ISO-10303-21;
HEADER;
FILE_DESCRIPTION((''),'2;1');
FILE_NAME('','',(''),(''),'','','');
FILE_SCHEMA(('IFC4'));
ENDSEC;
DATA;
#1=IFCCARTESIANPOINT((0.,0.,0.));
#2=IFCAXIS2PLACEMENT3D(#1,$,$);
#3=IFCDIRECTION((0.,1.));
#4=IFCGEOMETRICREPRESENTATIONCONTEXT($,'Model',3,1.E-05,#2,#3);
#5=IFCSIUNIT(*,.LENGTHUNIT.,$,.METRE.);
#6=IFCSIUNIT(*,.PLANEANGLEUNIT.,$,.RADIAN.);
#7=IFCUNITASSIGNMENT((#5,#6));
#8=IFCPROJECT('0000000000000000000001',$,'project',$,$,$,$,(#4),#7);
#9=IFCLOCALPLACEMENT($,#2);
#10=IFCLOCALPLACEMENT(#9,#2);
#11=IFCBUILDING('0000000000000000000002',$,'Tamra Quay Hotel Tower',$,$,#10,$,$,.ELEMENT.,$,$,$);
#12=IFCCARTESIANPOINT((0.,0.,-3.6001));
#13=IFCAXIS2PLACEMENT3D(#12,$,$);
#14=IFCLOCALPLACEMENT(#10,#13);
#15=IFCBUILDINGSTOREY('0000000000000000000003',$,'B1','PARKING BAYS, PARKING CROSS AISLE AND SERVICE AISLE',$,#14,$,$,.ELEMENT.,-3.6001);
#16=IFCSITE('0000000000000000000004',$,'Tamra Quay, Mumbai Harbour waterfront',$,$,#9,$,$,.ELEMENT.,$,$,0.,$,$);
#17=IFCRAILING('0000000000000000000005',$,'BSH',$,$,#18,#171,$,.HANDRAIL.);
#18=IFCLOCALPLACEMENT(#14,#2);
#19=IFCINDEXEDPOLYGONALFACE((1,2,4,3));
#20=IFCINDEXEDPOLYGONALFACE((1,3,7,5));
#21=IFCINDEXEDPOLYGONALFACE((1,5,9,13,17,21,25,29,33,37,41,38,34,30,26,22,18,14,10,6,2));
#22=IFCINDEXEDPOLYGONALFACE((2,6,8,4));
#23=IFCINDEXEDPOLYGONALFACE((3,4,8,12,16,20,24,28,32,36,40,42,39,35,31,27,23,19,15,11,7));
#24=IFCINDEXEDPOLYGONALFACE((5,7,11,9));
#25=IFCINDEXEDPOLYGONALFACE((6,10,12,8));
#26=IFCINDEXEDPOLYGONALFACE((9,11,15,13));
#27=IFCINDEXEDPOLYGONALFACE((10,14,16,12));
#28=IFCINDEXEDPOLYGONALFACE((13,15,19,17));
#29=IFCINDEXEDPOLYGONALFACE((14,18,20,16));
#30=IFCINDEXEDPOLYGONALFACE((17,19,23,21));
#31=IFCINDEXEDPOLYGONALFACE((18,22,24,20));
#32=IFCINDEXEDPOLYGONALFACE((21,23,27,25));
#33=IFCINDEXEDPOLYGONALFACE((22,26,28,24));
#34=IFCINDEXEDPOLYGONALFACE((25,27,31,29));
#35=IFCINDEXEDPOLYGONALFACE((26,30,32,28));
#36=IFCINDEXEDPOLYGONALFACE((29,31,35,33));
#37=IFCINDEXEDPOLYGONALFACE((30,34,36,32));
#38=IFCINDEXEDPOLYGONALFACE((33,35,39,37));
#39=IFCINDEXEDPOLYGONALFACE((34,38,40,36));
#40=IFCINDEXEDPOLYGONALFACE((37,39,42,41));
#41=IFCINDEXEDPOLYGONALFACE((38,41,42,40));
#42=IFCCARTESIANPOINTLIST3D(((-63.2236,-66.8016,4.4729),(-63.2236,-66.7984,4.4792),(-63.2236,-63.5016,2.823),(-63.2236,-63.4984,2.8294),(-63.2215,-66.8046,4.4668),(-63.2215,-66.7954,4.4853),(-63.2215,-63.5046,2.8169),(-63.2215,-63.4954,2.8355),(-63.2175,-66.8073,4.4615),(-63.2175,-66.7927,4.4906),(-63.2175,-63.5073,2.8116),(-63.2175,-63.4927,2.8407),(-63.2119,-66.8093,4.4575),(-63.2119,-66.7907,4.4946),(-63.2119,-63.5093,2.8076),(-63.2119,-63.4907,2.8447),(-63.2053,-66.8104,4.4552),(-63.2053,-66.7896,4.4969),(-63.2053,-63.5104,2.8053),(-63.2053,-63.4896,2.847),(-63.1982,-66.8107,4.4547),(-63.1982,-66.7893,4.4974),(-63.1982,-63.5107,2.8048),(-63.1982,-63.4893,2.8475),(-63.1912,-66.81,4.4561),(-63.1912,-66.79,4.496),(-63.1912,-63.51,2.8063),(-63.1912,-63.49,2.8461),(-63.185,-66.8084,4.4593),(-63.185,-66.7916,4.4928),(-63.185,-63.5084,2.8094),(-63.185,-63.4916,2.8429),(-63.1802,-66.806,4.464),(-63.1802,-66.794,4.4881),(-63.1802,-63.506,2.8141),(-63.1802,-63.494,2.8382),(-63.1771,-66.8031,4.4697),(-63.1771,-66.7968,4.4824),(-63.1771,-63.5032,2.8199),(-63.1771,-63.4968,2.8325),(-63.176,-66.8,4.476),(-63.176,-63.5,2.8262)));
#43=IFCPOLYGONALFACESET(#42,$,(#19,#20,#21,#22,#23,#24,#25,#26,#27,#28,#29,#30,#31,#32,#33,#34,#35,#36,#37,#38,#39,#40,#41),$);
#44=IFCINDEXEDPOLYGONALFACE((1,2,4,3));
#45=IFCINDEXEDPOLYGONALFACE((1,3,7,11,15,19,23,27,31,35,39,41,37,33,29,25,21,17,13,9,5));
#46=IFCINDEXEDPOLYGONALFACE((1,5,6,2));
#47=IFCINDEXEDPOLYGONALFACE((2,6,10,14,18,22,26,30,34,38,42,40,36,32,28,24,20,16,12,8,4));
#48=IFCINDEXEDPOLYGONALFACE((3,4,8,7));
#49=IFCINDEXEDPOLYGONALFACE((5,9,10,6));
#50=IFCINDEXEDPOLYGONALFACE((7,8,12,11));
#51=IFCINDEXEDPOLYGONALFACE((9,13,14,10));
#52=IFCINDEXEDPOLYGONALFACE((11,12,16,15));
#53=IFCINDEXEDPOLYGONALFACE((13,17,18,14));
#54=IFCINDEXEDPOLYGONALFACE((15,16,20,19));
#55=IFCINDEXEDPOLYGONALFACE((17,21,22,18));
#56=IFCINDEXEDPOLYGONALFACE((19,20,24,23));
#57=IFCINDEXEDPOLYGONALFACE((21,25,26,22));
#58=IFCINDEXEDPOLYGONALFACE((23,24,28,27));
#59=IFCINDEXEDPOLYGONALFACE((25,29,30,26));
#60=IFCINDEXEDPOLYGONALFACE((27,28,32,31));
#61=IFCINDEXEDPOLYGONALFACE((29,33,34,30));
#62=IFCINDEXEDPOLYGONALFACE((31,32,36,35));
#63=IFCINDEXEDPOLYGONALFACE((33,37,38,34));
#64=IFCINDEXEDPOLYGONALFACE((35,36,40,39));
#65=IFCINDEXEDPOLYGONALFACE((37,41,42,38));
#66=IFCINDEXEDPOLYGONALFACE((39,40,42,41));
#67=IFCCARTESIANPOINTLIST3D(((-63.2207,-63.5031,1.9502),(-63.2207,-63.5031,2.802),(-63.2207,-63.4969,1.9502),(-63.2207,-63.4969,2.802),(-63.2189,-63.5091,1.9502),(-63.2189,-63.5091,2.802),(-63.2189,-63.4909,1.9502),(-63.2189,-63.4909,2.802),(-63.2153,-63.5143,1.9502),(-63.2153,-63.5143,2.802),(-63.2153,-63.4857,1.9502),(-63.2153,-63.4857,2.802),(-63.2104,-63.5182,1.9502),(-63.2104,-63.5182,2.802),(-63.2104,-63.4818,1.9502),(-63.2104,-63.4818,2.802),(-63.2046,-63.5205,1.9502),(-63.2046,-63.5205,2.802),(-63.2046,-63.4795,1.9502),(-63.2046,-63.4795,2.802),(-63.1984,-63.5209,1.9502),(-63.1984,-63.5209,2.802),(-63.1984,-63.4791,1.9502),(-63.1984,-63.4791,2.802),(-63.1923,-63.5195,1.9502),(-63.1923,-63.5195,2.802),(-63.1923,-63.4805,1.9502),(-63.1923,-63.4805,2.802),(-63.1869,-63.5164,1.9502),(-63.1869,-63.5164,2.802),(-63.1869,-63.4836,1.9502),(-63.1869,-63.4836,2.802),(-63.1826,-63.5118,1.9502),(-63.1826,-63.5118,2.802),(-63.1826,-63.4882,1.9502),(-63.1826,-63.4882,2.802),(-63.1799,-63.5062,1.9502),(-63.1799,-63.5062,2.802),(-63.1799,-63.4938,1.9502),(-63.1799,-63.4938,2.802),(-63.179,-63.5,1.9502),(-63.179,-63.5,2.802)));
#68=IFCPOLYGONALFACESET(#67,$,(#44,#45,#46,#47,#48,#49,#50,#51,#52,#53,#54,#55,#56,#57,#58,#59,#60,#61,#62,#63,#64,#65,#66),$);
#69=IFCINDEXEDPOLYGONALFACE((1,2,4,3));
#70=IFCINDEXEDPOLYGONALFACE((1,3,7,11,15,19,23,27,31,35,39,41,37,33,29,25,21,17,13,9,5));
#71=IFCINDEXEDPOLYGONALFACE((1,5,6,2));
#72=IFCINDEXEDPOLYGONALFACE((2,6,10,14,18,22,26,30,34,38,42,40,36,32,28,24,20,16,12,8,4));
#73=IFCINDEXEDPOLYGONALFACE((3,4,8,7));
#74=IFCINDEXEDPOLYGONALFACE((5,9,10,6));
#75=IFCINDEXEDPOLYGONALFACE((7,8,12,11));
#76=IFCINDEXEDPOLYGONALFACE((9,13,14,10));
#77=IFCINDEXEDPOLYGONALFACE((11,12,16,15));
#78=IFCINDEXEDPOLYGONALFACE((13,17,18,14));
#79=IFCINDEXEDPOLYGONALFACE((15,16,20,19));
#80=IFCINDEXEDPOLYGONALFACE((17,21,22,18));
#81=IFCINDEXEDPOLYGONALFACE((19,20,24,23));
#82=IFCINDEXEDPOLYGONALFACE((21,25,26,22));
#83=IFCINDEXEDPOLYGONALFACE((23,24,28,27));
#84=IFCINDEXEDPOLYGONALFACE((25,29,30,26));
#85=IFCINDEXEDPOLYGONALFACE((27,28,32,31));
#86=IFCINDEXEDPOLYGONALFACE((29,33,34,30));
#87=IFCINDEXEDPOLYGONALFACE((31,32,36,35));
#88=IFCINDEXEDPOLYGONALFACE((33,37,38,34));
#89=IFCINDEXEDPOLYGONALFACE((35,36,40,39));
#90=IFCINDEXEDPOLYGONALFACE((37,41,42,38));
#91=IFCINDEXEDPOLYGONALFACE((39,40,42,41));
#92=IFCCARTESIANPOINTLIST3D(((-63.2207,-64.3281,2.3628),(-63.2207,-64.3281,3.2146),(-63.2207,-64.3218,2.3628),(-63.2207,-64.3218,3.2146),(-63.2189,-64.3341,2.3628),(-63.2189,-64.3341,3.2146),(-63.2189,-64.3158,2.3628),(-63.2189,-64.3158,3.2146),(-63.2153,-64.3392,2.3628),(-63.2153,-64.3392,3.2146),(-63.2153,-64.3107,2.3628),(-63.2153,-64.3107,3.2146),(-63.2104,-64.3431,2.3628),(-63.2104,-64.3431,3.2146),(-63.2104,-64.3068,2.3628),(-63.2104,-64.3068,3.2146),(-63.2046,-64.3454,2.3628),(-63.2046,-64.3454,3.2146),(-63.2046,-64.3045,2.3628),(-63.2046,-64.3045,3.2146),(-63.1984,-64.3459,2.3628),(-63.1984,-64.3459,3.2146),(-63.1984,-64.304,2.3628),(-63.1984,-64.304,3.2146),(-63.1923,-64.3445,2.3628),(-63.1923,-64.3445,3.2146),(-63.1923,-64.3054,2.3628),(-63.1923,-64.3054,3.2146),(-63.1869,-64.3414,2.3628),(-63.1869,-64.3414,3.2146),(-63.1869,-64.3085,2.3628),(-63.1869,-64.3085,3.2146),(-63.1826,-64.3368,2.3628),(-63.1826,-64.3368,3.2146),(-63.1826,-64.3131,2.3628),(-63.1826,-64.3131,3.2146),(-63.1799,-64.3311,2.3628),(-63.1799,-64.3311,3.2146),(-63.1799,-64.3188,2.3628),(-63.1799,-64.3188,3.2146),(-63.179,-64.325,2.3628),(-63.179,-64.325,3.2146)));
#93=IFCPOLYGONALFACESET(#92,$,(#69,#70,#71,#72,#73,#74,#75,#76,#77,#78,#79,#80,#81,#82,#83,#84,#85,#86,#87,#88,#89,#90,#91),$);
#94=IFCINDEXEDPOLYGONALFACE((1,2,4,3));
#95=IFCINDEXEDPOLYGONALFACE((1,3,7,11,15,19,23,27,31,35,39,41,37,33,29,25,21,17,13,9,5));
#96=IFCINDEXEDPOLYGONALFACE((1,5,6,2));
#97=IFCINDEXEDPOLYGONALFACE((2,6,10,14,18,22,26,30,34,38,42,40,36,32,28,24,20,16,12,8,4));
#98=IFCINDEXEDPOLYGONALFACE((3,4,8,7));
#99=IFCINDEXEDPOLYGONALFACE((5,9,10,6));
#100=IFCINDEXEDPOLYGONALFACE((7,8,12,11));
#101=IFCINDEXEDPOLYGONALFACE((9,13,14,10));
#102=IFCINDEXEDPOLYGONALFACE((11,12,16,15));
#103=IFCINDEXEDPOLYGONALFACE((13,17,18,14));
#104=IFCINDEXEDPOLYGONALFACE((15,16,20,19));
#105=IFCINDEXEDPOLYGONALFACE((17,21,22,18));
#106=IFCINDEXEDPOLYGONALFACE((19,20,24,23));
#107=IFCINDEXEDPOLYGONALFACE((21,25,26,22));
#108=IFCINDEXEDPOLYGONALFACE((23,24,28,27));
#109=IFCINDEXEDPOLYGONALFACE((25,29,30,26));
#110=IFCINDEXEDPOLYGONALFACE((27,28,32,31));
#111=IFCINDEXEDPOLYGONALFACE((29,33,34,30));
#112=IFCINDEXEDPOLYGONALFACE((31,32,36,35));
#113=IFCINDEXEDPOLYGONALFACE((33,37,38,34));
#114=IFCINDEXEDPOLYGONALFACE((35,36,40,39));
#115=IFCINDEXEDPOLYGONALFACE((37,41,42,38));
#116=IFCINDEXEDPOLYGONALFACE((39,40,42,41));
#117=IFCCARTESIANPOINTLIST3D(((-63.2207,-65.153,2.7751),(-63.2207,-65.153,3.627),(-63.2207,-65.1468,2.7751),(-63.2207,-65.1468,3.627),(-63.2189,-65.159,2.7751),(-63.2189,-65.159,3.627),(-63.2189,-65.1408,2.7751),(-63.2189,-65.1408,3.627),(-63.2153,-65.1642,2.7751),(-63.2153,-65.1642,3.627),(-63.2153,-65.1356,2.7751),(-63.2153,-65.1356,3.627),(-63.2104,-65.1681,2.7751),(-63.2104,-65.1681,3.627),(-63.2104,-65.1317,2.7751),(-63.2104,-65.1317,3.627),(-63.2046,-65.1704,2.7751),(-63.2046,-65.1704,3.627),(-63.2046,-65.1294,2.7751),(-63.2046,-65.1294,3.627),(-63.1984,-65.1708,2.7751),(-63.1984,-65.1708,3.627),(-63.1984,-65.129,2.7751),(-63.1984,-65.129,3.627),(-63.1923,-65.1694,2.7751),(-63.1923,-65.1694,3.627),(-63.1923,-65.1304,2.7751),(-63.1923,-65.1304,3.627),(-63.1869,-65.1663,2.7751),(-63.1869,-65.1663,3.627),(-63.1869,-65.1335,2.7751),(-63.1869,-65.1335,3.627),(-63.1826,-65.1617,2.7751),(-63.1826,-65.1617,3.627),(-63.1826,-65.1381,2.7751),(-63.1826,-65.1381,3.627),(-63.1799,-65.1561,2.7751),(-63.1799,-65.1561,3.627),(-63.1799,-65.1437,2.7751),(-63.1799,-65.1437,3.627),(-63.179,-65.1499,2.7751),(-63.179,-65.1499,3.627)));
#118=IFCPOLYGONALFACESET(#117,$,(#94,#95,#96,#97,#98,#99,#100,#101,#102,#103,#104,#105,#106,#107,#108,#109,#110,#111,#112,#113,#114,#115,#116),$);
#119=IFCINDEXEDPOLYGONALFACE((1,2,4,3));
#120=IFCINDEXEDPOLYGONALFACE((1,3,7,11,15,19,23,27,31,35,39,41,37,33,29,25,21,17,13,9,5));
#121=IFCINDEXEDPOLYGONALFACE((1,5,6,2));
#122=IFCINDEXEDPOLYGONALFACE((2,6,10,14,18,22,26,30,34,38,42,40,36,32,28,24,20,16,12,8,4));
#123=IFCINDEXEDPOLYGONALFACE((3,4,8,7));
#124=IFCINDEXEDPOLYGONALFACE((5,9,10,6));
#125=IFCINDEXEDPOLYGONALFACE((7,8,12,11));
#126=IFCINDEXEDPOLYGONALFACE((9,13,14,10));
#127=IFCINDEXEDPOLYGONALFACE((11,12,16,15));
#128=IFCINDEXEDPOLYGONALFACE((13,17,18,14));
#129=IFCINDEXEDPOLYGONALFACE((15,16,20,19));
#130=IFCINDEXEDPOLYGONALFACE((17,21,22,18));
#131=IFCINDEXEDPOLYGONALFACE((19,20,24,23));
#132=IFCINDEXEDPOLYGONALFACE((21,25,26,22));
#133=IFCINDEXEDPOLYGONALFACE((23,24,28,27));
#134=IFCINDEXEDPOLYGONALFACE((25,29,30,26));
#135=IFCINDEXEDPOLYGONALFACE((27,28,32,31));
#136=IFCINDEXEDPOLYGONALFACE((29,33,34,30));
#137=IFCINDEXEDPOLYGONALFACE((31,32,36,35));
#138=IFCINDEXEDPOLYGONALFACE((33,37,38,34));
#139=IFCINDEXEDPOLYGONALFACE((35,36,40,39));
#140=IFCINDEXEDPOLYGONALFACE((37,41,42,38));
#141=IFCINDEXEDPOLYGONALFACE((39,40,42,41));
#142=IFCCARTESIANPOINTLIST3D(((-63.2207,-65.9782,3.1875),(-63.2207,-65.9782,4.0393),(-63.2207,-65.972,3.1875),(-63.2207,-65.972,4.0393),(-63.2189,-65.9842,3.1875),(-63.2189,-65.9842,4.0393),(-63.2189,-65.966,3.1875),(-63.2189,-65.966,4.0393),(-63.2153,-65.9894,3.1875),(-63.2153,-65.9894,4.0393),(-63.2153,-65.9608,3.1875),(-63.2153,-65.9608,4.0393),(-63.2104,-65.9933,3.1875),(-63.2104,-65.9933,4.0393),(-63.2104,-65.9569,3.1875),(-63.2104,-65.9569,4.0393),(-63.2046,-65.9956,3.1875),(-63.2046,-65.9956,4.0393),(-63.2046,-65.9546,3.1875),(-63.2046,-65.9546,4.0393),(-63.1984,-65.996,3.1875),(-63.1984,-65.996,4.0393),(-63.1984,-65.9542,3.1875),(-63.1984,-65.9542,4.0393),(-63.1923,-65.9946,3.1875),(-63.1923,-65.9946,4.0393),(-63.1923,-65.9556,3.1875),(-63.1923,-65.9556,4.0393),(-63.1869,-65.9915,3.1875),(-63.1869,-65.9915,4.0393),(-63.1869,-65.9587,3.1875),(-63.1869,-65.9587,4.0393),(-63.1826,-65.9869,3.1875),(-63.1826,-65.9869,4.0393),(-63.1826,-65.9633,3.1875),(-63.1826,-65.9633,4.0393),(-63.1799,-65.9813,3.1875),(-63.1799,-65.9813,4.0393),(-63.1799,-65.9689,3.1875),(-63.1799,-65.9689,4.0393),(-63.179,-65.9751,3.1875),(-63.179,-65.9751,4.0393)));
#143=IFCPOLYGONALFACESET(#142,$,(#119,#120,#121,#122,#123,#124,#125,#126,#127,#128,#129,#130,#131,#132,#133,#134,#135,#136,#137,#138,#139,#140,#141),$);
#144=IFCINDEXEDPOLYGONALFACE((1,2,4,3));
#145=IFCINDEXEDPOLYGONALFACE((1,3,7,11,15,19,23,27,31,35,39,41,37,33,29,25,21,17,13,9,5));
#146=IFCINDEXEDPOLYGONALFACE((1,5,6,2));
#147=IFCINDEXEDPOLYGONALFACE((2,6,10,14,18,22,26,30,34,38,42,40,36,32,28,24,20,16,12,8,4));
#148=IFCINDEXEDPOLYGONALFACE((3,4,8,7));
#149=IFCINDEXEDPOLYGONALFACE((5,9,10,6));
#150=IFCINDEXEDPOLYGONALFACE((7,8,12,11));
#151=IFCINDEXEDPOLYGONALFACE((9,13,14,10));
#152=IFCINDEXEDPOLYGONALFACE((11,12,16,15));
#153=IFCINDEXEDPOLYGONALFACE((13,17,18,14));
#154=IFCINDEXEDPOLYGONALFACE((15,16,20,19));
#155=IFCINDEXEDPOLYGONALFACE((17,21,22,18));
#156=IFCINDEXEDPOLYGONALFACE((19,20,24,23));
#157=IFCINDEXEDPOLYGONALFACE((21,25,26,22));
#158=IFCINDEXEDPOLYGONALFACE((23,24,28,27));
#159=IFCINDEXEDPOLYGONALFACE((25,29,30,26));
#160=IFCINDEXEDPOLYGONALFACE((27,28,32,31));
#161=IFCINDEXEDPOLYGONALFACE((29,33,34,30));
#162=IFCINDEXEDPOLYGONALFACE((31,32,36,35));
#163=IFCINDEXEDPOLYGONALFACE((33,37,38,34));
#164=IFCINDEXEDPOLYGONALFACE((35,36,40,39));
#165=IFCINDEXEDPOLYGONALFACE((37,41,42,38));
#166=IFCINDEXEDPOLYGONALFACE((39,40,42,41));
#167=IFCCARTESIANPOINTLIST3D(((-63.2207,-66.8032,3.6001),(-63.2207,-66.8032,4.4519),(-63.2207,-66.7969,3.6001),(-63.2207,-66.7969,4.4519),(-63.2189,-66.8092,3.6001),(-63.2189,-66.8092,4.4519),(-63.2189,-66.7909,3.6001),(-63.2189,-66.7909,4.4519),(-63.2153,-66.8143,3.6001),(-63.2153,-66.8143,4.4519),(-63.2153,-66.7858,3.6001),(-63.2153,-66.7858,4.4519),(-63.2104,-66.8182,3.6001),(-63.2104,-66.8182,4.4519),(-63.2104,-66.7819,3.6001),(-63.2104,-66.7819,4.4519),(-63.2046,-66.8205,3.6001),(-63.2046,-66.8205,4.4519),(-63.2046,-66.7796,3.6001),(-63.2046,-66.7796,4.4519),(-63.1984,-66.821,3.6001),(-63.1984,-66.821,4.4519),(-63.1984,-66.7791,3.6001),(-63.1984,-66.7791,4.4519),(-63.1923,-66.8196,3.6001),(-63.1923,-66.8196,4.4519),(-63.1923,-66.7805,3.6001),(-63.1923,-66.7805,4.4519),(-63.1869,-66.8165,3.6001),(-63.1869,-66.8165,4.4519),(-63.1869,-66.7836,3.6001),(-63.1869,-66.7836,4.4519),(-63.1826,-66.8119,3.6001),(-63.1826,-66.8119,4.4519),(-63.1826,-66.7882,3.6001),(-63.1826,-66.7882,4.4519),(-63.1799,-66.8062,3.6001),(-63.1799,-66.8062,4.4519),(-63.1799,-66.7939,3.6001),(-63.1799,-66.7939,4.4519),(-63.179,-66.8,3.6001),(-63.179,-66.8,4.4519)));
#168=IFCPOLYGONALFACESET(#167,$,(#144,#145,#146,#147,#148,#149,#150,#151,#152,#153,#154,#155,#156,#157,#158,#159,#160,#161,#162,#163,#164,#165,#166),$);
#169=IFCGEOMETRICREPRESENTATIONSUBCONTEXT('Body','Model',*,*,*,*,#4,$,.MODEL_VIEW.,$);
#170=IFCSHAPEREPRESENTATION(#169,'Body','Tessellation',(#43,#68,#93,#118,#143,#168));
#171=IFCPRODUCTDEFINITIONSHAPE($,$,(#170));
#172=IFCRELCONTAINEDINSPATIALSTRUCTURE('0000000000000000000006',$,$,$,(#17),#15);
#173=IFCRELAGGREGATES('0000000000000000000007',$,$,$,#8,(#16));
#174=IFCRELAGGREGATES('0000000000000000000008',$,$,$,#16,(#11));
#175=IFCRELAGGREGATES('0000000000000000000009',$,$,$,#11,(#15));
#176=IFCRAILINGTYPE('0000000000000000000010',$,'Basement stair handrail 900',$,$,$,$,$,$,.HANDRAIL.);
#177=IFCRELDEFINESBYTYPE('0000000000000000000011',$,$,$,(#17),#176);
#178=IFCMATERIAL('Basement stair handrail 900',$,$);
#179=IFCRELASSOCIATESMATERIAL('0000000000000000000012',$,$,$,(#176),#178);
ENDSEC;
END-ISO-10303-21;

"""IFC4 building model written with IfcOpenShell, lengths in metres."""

from ifc_helpers import new_model, si_unit, direction, frame, origin, origin_2d, place, context, subcontext, project, spatial, circle, extrude, material, type_object, element, save


model = new_model("IFC4")

# Units and contexts
model_context = context("Model", 3, precision=1e-05, world=origin(), true_north=direction((0.0, 1.0)))
body_context = subcontext(model_context, "Body", "Model", "MODEL_VIEW")
ifc_project = project(units=[si_unit("LENGTHUNIT", "METRE"), si_unit("PLANEANGLEUNIT", "RADIAN")], contexts=[model_context])

# Site, building, storey
site_placement = place(None, origin())
site = spatial("IfcSite", under=ifc_project, at=site_placement, Name="Tamra Quay, Mumbai Harbour waterfront", CompositionType="ELEMENT", RefElevation=0.0)
building_placement = place(site_placement, origin())
building = spatial("IfcBuilding", under=site, at=building_placement, Name="Tamra Quay Hotel Tower", CompositionType="ELEMENT")
storey_placement = place(building_placement, frame((0.0, 0.0, -3.6001)))
storey = spatial("IfcBuildingStorey", under=building, at=storey_placement, Name="B1", Description="PARKING BAYS, PARKING CROSS AISLE AND SERVICE AISLE", CompositionType="ELEMENT", Elevation=-3.6001)

# Railing
ifc_material_1 = material(Name="Basement stair handrail 900")
railing_type_1 = type_object("IfcRailingType", Name="Basement stair handrail 900", PredefinedType="HANDRAIL", material=ifc_material_1)
railing_1_placement = place(storey_placement, frame((-63.2, -63.5, 1.9502)))
element("IfcRailing", 1, at=railing_1_placement, inside=storey, type_object=railing_type_1, Name="BSH", PredefinedType="HANDRAIL", context=body_context, shape_type="SweptSolid", body=[
    extrude(circle(Radius=0.0239, at=origin_2d()), frame((0.0, 0.0, 0.876), z_axis=(0.0, -0.89444, 0.447187), x_axis=(1.0, 0.0, 0.0)), (0.0, 0.0, 1.0), 3.6895),
    extrude(circle(Radius=0.021, at=origin_2d()), origin(), (0.0, 0.0, 1.0), 0.8518),
    extrude(circle(Radius=0.021, at=origin_2d()), frame((0.0, -0.825, 0.4126)), (0.0, 0.0, 1.0), 0.8518),
    extrude(circle(Radius=0.021, at=origin_2d()), frame((0.0, -1.6499, 0.825)), (0.0, 0.0, 1.0), 0.8518),
    extrude(circle(Radius=0.021, at=origin_2d()), frame((0.0, -2.4751, 1.2373)), (0.0, 0.0, 1.0), 0.8518),
    extrude(circle(Radius=0.021, at=origin_2d()), frame((0.0, -3.3, 1.6499)), (0.0, 0.0, 1.0), 0.8518),
])

save(model, "model.ifc")
